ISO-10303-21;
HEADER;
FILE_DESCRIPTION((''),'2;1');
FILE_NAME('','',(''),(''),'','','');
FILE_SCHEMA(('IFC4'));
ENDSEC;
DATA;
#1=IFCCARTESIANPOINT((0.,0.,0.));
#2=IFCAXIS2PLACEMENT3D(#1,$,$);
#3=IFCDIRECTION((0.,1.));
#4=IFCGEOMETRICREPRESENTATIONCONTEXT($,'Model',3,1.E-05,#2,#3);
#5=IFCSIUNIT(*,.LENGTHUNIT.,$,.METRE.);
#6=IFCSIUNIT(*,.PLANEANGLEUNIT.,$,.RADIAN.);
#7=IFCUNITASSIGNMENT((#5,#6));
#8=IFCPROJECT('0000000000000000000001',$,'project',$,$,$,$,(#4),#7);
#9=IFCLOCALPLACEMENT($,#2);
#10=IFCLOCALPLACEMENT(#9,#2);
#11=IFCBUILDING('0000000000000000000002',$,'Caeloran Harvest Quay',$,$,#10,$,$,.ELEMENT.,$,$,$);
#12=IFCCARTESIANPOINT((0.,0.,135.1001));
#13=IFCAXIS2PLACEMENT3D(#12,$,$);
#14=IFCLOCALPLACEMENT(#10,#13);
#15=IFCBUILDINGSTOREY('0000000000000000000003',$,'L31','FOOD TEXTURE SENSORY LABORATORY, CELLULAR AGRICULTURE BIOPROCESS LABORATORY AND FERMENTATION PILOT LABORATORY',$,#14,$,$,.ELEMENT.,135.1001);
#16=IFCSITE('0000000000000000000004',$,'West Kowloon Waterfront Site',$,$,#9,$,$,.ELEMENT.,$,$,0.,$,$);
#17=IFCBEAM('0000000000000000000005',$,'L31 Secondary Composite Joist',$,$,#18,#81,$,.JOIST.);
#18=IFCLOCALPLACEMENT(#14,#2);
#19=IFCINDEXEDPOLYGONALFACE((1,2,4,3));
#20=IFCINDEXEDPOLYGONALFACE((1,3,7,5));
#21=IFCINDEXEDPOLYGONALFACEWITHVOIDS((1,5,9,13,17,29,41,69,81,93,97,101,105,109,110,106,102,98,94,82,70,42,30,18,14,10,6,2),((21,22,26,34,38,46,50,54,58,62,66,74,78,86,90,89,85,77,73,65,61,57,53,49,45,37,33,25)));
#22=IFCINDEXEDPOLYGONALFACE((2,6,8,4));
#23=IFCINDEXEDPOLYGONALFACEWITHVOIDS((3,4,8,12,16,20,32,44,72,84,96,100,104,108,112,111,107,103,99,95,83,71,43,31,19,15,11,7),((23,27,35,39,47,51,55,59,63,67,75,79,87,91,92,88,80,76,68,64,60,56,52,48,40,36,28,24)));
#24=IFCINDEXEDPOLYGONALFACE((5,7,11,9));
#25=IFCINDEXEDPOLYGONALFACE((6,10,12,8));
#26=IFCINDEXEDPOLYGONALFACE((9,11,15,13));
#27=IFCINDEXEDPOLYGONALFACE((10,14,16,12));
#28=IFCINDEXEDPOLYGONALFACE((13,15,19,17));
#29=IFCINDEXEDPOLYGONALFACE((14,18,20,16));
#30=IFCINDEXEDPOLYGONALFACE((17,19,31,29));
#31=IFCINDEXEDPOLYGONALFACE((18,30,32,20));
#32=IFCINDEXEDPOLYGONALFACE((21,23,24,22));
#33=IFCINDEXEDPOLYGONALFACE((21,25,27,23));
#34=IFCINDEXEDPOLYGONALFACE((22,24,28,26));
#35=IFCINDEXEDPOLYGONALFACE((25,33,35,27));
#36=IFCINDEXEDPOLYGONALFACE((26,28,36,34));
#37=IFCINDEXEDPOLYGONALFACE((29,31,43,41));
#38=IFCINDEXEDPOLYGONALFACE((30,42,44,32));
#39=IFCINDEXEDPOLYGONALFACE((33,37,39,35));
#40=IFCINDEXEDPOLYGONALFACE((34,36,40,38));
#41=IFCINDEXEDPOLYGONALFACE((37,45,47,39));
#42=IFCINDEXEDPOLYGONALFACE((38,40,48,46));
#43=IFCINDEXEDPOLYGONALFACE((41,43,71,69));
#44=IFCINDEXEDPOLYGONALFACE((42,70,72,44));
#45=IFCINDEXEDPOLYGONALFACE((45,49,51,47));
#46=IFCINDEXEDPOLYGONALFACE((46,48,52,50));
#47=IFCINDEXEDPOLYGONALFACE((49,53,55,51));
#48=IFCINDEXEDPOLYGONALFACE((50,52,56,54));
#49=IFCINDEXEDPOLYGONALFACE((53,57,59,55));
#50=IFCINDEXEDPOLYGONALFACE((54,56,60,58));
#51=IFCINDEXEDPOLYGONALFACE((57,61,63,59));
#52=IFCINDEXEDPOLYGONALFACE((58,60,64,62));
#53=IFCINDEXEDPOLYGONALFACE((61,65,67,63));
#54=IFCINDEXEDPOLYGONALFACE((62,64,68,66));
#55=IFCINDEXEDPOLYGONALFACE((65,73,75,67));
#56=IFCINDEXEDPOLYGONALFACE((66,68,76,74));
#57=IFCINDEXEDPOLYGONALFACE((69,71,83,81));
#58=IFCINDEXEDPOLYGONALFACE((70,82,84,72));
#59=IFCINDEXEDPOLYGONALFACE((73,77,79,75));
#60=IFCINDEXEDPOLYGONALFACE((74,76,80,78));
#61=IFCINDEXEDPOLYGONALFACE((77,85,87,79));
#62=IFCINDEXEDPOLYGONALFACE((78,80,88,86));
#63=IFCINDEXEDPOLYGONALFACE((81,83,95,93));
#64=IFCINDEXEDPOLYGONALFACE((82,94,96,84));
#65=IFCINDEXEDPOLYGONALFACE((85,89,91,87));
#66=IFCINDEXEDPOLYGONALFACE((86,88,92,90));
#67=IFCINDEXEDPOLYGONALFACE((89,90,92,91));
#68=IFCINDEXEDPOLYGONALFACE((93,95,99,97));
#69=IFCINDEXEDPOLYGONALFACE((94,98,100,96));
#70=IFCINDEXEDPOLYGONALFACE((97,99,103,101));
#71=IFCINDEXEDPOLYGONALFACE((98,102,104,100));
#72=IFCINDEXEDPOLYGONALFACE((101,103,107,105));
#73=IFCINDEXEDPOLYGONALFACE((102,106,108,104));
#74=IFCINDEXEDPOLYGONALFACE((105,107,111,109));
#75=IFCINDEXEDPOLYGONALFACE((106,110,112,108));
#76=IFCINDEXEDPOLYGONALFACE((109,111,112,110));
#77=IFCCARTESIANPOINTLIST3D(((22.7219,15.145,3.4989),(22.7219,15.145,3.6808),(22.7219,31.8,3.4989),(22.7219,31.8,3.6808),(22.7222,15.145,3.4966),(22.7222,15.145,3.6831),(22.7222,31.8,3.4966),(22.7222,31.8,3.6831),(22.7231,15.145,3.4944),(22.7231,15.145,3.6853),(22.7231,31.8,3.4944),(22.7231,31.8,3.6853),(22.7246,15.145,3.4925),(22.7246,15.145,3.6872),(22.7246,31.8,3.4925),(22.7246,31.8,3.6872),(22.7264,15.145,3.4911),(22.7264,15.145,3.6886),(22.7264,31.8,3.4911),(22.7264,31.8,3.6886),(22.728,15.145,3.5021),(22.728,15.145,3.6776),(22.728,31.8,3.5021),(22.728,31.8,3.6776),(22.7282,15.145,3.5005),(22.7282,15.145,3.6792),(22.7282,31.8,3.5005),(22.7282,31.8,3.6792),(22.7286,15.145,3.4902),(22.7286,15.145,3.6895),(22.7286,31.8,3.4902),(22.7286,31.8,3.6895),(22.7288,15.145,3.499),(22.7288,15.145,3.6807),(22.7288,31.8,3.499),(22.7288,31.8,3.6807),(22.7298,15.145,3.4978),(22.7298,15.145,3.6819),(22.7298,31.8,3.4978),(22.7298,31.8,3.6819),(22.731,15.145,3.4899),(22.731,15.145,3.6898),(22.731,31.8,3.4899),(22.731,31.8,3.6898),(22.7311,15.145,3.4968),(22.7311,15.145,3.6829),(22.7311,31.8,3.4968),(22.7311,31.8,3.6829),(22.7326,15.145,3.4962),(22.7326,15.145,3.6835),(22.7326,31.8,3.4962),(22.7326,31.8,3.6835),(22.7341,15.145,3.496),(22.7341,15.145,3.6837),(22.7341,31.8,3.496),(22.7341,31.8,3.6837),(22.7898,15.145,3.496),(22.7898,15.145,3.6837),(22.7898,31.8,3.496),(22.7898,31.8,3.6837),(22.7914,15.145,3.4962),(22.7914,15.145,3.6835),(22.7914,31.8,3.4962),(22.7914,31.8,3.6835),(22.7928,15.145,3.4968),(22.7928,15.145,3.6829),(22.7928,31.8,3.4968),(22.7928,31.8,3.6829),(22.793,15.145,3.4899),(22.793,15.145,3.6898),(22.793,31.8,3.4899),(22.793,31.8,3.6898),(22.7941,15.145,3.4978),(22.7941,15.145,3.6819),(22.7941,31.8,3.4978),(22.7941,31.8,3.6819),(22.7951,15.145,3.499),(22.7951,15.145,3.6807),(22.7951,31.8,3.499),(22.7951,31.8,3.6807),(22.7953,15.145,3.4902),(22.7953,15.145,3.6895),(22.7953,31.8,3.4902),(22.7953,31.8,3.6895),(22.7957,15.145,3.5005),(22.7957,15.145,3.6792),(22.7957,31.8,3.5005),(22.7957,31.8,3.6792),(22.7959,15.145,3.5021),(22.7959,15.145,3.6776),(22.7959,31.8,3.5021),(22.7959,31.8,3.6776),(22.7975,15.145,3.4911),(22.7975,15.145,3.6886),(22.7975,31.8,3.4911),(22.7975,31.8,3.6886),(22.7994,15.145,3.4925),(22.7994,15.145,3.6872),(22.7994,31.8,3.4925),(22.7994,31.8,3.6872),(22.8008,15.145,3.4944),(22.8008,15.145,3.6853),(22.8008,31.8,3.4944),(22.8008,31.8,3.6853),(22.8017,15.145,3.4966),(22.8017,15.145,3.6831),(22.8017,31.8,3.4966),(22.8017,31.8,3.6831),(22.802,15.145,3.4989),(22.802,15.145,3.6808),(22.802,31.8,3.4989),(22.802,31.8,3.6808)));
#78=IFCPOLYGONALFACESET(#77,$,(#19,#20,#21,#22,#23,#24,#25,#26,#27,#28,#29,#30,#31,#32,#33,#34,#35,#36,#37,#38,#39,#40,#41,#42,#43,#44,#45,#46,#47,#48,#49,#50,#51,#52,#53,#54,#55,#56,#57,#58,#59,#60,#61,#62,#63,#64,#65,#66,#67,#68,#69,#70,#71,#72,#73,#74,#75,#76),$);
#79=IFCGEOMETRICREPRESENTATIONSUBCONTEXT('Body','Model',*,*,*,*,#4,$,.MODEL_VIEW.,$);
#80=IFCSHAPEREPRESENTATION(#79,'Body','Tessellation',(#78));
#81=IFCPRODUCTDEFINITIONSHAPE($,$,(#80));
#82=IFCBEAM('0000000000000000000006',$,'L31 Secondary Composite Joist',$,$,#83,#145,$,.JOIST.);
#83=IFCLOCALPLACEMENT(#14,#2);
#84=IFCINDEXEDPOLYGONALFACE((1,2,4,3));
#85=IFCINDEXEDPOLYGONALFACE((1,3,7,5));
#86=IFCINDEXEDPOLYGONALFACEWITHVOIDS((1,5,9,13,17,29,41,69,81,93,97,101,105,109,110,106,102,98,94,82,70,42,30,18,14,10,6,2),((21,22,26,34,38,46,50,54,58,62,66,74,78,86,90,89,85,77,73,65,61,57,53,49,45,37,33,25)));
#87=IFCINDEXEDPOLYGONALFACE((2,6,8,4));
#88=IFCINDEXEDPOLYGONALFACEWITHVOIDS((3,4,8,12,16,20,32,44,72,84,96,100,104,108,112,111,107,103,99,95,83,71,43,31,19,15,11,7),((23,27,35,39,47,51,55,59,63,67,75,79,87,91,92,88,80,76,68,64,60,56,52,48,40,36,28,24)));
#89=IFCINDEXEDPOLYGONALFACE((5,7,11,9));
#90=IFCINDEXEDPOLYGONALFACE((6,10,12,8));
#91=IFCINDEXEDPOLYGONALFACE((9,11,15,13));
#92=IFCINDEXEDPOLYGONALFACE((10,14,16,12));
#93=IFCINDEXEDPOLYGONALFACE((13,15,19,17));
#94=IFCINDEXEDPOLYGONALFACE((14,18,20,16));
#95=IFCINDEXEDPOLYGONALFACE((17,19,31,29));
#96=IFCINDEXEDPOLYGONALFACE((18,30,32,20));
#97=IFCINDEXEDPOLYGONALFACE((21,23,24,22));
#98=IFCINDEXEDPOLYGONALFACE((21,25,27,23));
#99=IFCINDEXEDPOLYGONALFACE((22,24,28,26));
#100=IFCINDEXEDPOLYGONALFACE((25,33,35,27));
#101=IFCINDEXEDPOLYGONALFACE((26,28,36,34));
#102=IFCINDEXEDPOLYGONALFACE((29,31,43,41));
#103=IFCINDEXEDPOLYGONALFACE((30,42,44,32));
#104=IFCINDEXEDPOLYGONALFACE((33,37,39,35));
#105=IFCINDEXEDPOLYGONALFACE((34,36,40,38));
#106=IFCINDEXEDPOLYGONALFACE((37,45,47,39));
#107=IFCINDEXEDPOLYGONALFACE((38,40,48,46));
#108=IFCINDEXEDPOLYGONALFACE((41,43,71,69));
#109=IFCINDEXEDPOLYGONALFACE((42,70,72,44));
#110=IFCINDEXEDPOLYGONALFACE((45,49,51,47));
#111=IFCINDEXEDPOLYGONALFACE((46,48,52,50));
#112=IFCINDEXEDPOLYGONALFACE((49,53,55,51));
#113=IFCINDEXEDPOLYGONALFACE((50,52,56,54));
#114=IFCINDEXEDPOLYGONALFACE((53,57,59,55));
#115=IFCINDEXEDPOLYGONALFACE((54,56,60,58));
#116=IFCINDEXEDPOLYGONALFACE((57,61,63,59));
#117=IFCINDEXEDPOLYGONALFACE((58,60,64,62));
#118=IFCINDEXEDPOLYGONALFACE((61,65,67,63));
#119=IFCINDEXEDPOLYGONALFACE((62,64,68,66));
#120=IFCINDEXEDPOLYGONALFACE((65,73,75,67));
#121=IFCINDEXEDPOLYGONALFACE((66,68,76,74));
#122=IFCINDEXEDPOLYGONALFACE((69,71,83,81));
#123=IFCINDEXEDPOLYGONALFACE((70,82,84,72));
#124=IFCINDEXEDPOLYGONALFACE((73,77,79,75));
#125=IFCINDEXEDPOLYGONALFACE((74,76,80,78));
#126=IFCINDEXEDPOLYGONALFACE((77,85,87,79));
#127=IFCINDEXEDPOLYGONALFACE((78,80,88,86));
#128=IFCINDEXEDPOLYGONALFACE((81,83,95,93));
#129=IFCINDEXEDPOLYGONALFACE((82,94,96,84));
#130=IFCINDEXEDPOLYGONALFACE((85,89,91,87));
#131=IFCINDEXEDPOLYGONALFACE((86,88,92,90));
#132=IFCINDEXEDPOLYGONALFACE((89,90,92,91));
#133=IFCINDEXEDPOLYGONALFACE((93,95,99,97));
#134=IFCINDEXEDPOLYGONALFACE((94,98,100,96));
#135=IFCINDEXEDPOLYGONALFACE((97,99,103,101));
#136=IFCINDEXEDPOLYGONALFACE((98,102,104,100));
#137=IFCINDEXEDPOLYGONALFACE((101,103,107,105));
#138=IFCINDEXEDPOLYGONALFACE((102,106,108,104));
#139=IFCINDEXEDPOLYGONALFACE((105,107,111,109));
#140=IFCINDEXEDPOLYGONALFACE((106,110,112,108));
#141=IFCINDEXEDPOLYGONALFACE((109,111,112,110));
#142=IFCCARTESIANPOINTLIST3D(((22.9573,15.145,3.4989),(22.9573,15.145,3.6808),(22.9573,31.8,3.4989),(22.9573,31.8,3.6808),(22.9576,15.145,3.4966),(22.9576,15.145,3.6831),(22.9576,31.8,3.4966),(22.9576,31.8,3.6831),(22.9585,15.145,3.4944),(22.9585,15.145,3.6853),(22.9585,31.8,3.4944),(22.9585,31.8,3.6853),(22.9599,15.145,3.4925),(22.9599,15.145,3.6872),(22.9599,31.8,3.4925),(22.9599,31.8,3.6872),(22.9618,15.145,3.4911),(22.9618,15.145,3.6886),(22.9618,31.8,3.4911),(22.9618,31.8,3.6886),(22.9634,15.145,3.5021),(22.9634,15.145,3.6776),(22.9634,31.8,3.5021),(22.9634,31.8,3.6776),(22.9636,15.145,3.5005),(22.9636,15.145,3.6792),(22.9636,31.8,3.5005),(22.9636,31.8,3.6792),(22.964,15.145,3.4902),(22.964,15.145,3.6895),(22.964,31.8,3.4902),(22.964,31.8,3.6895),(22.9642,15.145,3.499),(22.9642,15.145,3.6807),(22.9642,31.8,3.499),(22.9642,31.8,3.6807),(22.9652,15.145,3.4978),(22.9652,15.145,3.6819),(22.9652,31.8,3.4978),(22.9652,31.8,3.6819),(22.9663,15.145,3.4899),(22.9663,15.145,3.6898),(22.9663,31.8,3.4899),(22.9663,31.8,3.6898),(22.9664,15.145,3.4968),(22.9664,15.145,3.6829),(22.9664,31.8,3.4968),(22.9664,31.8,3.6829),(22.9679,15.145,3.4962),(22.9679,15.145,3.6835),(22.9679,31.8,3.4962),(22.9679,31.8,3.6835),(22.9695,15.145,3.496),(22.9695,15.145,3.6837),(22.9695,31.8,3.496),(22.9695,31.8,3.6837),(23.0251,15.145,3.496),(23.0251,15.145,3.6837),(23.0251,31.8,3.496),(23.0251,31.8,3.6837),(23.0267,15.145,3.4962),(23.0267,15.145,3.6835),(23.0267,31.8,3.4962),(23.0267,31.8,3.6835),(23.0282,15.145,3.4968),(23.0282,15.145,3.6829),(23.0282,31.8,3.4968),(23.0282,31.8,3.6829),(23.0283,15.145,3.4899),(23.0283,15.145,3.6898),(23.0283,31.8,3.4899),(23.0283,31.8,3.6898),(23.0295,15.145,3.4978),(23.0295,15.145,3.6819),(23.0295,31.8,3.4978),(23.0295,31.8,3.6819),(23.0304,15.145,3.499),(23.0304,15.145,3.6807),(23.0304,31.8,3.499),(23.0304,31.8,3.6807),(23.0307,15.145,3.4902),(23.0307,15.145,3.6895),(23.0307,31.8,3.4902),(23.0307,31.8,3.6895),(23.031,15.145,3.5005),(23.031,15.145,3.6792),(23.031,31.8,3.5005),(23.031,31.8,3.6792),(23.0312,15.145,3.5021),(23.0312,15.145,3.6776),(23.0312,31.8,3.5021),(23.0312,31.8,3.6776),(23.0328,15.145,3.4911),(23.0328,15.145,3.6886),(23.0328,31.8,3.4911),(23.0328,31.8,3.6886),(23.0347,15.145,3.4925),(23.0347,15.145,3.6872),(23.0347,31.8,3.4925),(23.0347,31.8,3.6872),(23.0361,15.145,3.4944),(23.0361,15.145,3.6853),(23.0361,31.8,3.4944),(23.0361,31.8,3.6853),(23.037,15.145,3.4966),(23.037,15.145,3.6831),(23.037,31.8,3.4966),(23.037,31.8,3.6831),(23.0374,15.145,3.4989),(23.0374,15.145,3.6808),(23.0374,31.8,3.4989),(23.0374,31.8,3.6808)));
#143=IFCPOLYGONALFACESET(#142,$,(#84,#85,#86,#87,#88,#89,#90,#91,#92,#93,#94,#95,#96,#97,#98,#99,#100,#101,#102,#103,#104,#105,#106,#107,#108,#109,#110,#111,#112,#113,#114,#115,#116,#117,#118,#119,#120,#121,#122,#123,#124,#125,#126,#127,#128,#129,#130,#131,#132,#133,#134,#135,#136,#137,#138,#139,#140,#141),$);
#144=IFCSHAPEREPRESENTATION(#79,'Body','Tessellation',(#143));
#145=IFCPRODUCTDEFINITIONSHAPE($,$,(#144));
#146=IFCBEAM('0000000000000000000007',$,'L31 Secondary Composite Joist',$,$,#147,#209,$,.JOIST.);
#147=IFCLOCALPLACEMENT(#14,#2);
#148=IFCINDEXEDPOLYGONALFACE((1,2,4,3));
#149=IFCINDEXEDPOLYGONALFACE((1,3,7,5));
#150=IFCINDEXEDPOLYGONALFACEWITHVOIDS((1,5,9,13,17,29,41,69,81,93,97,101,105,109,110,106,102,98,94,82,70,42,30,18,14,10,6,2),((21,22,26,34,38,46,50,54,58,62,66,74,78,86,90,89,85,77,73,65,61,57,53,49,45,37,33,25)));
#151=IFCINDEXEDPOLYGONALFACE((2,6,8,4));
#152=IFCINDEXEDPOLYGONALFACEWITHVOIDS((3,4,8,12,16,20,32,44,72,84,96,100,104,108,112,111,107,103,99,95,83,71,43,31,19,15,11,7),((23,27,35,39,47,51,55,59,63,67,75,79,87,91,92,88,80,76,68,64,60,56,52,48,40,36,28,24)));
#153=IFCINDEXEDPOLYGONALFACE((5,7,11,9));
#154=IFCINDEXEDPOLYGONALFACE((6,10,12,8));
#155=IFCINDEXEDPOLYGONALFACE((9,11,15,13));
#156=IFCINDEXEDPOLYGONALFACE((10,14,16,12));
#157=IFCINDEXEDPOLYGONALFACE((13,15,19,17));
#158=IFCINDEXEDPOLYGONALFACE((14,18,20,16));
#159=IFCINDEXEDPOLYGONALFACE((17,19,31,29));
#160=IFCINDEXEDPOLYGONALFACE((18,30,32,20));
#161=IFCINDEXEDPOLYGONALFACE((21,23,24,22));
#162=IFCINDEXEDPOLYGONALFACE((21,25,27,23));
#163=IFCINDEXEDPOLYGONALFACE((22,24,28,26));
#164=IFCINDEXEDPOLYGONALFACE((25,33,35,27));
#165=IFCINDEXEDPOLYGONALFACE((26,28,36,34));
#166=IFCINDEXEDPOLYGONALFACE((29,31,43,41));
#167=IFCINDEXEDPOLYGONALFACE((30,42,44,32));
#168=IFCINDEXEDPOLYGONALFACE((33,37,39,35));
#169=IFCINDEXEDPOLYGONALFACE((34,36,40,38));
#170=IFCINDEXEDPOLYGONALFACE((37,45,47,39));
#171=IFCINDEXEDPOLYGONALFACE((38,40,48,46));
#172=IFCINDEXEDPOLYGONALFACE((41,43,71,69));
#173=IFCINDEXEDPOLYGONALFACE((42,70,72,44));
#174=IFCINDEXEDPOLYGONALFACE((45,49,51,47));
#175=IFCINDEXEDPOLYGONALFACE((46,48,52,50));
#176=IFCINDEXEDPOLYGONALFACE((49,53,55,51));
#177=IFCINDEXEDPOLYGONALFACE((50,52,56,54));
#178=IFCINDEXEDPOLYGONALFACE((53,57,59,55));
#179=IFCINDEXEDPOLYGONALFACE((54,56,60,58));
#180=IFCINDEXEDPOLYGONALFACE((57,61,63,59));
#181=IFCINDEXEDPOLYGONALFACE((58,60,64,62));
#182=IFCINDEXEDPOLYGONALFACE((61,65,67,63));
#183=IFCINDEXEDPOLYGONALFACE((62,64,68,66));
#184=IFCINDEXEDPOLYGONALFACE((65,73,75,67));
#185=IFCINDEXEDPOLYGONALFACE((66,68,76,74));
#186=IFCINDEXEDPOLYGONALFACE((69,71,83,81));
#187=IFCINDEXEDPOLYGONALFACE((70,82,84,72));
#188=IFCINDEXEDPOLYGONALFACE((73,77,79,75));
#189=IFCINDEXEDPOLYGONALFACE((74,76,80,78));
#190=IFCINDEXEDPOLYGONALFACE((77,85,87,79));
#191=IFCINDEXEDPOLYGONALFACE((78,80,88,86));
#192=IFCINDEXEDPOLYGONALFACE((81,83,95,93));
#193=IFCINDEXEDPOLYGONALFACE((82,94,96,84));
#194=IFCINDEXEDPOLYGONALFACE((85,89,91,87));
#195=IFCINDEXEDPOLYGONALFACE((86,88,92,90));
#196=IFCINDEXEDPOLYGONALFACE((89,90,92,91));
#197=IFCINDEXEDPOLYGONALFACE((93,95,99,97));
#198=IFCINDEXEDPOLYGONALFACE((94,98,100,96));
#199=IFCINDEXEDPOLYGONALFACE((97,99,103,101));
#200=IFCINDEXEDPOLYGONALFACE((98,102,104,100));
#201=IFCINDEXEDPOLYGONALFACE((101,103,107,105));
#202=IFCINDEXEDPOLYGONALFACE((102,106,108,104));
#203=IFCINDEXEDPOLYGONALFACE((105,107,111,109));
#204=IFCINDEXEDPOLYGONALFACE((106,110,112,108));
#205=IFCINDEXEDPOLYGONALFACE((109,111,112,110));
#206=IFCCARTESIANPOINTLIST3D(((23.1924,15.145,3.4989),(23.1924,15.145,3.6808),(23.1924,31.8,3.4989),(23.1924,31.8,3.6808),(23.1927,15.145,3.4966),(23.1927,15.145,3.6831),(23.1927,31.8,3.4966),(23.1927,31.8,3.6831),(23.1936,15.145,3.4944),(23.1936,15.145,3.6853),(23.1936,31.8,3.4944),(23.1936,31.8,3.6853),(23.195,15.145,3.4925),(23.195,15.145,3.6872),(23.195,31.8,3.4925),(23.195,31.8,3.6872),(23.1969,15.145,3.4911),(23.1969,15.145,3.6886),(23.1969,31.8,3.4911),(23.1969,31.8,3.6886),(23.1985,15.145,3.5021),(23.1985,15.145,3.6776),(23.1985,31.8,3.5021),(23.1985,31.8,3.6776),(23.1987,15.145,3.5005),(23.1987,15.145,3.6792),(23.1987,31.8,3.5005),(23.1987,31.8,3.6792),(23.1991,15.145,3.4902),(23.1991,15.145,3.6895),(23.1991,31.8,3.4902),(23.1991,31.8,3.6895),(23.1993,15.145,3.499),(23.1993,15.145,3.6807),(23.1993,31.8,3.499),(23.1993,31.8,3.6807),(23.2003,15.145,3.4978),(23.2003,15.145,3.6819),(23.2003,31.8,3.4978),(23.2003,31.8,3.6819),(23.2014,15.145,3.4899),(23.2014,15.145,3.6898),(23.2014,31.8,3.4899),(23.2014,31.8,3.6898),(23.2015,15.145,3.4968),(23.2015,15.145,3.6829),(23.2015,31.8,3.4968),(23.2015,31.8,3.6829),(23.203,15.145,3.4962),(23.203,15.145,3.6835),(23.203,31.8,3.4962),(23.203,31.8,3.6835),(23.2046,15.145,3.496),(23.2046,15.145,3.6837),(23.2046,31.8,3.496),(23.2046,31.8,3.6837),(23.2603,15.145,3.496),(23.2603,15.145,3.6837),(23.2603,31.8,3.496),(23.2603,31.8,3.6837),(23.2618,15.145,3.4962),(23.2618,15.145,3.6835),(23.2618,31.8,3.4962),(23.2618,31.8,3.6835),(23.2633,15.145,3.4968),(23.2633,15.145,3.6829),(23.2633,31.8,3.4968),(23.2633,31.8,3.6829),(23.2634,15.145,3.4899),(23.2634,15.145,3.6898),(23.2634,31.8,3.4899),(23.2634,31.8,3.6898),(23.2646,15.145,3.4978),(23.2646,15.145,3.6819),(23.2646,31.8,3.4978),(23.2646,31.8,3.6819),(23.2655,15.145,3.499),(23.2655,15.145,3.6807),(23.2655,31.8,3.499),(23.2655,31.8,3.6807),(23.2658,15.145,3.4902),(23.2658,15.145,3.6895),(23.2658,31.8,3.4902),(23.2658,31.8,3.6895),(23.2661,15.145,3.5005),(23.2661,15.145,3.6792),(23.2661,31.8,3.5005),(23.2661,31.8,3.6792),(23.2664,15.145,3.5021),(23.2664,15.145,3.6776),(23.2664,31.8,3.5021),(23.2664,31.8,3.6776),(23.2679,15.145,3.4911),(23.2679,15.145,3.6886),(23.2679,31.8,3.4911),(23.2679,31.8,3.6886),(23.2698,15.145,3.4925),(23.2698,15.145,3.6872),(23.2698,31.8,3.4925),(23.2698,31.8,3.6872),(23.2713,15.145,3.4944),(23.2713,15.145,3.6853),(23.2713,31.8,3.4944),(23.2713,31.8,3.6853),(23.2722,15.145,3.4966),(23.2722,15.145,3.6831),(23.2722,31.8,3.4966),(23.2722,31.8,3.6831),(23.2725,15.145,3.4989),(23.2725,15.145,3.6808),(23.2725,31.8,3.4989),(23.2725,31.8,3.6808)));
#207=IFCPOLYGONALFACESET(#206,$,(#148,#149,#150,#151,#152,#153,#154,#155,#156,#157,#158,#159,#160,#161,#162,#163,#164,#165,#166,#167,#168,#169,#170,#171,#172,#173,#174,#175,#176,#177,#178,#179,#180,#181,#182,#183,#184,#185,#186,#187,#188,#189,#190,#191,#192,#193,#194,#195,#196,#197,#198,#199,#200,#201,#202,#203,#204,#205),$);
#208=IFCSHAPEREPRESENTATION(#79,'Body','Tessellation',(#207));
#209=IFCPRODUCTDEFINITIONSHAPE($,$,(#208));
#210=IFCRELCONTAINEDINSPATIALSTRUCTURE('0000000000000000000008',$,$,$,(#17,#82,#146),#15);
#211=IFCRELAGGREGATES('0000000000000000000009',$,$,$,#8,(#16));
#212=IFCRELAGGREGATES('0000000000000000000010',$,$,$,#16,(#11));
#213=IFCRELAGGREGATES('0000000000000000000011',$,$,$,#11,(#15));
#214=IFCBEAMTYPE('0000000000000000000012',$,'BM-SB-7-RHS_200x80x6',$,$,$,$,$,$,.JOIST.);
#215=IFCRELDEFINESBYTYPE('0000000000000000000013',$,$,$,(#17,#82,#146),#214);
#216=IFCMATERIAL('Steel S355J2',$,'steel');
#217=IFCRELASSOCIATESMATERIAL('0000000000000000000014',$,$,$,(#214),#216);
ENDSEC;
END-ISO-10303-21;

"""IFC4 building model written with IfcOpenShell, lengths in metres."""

from ifc_helpers import new_model, si_unit, direction, frame, origin, origin_2d, place, context, subcontext, project, spatial, hollow_rectangle, extrude, material, material_profile, profile_set, type_object, element, save


model = new_model("IFC4")

# Units and contexts
model_context = context("Model", 3, precision=1e-05, world=origin(), true_north=direction((0.0, 1.0)))
body_context = subcontext(model_context, "Body", "Model", "MODEL_VIEW")
ifc_project = project(units=[si_unit("LENGTHUNIT", "METRE"), si_unit("PLANEANGLEUNIT", "RADIAN")], contexts=[model_context])

# Site, building, storey
site_placement = place(None, origin())
site = spatial("IfcSite", under=ifc_project, at=site_placement, Name="West Kowloon Waterfront Site", CompositionType="ELEMENT", RefElevation=0.0)
building_placement = place(site_placement, origin())
building = spatial("IfcBuilding", under=site, at=building_placement, Name="Caeloran Harvest Quay", CompositionType="ELEMENT")
storey_placement = place(building_placement, frame((0.0, 0.0, 135.1001)))
storey = spatial("IfcBuildingStorey", under=building, at=storey_placement, Name="L31", Description="FOOD TEXTURE SENSORY LABORATORY, CELLULAR AGRICULTURE BIOPROCESS LABORATORY AND FERMENTATION PILOT LABORATORY", CompositionType="ELEMENT", Elevation=135.1001)

# Beams
ifc_material_1 = material(Name="Steel S355J2", Category="steel")
ifc_material_profile_1 = material_profile(ifc_material_1, hollow_rectangle(XDim=0.0801, YDim=0.2, WallThickness=0.0061, InnerFilletRadius=0.0061, OuterFilletRadius=0.009, at=origin_2d()), Name="RHS 200x80x6")
ifc_profile_set_1 = profile_set([ifc_material_profile_1], Name="Steel S355J2")
beam_type_1 = type_object("IfcBeamType", Name="BM-SB-7-RHS_200x80x6", PredefinedType="JOIST", material=ifc_profile_set_1)
for number, where, z_axis, x_axis, name in (
    (1, (22.762, 15.145, 3.5898), (0.0, 1.0, 0.0), (-1.0, 0.0, 0.0), "L31 Secondary Composite Joist"),
    (2, (22.9973, 15.145, 3.5898), (0.0, 1.0, 0.0), (-1.0, 0.0, 0.0), "L31 Secondary Composite Joist"),
    (3, (23.2324, 15.145, 3.5898), (0.0, 1.0, 0.0), (-1.0, 0.0, 0.0), "L31 Secondary Composite Joist"),
):
    element("IfcBeam", number, at=place(storey_placement, frame(where, z_axis=z_axis, x_axis=x_axis)), inside=storey, type_object=beam_type_1, Name=name, PredefinedType="JOIST", context=body_context, shape_type="SweptSolid", body=[
        extrude(hollow_rectangle(XDim=0.0801, YDim=0.2, WallThickness=0.0061, InnerFilletRadius=0.0061, OuterFilletRadius=0.009, at=origin_2d()), origin(), (0.0, 0.0, 1.0), 16.655),
    ])

save(model, "model.ifc")
